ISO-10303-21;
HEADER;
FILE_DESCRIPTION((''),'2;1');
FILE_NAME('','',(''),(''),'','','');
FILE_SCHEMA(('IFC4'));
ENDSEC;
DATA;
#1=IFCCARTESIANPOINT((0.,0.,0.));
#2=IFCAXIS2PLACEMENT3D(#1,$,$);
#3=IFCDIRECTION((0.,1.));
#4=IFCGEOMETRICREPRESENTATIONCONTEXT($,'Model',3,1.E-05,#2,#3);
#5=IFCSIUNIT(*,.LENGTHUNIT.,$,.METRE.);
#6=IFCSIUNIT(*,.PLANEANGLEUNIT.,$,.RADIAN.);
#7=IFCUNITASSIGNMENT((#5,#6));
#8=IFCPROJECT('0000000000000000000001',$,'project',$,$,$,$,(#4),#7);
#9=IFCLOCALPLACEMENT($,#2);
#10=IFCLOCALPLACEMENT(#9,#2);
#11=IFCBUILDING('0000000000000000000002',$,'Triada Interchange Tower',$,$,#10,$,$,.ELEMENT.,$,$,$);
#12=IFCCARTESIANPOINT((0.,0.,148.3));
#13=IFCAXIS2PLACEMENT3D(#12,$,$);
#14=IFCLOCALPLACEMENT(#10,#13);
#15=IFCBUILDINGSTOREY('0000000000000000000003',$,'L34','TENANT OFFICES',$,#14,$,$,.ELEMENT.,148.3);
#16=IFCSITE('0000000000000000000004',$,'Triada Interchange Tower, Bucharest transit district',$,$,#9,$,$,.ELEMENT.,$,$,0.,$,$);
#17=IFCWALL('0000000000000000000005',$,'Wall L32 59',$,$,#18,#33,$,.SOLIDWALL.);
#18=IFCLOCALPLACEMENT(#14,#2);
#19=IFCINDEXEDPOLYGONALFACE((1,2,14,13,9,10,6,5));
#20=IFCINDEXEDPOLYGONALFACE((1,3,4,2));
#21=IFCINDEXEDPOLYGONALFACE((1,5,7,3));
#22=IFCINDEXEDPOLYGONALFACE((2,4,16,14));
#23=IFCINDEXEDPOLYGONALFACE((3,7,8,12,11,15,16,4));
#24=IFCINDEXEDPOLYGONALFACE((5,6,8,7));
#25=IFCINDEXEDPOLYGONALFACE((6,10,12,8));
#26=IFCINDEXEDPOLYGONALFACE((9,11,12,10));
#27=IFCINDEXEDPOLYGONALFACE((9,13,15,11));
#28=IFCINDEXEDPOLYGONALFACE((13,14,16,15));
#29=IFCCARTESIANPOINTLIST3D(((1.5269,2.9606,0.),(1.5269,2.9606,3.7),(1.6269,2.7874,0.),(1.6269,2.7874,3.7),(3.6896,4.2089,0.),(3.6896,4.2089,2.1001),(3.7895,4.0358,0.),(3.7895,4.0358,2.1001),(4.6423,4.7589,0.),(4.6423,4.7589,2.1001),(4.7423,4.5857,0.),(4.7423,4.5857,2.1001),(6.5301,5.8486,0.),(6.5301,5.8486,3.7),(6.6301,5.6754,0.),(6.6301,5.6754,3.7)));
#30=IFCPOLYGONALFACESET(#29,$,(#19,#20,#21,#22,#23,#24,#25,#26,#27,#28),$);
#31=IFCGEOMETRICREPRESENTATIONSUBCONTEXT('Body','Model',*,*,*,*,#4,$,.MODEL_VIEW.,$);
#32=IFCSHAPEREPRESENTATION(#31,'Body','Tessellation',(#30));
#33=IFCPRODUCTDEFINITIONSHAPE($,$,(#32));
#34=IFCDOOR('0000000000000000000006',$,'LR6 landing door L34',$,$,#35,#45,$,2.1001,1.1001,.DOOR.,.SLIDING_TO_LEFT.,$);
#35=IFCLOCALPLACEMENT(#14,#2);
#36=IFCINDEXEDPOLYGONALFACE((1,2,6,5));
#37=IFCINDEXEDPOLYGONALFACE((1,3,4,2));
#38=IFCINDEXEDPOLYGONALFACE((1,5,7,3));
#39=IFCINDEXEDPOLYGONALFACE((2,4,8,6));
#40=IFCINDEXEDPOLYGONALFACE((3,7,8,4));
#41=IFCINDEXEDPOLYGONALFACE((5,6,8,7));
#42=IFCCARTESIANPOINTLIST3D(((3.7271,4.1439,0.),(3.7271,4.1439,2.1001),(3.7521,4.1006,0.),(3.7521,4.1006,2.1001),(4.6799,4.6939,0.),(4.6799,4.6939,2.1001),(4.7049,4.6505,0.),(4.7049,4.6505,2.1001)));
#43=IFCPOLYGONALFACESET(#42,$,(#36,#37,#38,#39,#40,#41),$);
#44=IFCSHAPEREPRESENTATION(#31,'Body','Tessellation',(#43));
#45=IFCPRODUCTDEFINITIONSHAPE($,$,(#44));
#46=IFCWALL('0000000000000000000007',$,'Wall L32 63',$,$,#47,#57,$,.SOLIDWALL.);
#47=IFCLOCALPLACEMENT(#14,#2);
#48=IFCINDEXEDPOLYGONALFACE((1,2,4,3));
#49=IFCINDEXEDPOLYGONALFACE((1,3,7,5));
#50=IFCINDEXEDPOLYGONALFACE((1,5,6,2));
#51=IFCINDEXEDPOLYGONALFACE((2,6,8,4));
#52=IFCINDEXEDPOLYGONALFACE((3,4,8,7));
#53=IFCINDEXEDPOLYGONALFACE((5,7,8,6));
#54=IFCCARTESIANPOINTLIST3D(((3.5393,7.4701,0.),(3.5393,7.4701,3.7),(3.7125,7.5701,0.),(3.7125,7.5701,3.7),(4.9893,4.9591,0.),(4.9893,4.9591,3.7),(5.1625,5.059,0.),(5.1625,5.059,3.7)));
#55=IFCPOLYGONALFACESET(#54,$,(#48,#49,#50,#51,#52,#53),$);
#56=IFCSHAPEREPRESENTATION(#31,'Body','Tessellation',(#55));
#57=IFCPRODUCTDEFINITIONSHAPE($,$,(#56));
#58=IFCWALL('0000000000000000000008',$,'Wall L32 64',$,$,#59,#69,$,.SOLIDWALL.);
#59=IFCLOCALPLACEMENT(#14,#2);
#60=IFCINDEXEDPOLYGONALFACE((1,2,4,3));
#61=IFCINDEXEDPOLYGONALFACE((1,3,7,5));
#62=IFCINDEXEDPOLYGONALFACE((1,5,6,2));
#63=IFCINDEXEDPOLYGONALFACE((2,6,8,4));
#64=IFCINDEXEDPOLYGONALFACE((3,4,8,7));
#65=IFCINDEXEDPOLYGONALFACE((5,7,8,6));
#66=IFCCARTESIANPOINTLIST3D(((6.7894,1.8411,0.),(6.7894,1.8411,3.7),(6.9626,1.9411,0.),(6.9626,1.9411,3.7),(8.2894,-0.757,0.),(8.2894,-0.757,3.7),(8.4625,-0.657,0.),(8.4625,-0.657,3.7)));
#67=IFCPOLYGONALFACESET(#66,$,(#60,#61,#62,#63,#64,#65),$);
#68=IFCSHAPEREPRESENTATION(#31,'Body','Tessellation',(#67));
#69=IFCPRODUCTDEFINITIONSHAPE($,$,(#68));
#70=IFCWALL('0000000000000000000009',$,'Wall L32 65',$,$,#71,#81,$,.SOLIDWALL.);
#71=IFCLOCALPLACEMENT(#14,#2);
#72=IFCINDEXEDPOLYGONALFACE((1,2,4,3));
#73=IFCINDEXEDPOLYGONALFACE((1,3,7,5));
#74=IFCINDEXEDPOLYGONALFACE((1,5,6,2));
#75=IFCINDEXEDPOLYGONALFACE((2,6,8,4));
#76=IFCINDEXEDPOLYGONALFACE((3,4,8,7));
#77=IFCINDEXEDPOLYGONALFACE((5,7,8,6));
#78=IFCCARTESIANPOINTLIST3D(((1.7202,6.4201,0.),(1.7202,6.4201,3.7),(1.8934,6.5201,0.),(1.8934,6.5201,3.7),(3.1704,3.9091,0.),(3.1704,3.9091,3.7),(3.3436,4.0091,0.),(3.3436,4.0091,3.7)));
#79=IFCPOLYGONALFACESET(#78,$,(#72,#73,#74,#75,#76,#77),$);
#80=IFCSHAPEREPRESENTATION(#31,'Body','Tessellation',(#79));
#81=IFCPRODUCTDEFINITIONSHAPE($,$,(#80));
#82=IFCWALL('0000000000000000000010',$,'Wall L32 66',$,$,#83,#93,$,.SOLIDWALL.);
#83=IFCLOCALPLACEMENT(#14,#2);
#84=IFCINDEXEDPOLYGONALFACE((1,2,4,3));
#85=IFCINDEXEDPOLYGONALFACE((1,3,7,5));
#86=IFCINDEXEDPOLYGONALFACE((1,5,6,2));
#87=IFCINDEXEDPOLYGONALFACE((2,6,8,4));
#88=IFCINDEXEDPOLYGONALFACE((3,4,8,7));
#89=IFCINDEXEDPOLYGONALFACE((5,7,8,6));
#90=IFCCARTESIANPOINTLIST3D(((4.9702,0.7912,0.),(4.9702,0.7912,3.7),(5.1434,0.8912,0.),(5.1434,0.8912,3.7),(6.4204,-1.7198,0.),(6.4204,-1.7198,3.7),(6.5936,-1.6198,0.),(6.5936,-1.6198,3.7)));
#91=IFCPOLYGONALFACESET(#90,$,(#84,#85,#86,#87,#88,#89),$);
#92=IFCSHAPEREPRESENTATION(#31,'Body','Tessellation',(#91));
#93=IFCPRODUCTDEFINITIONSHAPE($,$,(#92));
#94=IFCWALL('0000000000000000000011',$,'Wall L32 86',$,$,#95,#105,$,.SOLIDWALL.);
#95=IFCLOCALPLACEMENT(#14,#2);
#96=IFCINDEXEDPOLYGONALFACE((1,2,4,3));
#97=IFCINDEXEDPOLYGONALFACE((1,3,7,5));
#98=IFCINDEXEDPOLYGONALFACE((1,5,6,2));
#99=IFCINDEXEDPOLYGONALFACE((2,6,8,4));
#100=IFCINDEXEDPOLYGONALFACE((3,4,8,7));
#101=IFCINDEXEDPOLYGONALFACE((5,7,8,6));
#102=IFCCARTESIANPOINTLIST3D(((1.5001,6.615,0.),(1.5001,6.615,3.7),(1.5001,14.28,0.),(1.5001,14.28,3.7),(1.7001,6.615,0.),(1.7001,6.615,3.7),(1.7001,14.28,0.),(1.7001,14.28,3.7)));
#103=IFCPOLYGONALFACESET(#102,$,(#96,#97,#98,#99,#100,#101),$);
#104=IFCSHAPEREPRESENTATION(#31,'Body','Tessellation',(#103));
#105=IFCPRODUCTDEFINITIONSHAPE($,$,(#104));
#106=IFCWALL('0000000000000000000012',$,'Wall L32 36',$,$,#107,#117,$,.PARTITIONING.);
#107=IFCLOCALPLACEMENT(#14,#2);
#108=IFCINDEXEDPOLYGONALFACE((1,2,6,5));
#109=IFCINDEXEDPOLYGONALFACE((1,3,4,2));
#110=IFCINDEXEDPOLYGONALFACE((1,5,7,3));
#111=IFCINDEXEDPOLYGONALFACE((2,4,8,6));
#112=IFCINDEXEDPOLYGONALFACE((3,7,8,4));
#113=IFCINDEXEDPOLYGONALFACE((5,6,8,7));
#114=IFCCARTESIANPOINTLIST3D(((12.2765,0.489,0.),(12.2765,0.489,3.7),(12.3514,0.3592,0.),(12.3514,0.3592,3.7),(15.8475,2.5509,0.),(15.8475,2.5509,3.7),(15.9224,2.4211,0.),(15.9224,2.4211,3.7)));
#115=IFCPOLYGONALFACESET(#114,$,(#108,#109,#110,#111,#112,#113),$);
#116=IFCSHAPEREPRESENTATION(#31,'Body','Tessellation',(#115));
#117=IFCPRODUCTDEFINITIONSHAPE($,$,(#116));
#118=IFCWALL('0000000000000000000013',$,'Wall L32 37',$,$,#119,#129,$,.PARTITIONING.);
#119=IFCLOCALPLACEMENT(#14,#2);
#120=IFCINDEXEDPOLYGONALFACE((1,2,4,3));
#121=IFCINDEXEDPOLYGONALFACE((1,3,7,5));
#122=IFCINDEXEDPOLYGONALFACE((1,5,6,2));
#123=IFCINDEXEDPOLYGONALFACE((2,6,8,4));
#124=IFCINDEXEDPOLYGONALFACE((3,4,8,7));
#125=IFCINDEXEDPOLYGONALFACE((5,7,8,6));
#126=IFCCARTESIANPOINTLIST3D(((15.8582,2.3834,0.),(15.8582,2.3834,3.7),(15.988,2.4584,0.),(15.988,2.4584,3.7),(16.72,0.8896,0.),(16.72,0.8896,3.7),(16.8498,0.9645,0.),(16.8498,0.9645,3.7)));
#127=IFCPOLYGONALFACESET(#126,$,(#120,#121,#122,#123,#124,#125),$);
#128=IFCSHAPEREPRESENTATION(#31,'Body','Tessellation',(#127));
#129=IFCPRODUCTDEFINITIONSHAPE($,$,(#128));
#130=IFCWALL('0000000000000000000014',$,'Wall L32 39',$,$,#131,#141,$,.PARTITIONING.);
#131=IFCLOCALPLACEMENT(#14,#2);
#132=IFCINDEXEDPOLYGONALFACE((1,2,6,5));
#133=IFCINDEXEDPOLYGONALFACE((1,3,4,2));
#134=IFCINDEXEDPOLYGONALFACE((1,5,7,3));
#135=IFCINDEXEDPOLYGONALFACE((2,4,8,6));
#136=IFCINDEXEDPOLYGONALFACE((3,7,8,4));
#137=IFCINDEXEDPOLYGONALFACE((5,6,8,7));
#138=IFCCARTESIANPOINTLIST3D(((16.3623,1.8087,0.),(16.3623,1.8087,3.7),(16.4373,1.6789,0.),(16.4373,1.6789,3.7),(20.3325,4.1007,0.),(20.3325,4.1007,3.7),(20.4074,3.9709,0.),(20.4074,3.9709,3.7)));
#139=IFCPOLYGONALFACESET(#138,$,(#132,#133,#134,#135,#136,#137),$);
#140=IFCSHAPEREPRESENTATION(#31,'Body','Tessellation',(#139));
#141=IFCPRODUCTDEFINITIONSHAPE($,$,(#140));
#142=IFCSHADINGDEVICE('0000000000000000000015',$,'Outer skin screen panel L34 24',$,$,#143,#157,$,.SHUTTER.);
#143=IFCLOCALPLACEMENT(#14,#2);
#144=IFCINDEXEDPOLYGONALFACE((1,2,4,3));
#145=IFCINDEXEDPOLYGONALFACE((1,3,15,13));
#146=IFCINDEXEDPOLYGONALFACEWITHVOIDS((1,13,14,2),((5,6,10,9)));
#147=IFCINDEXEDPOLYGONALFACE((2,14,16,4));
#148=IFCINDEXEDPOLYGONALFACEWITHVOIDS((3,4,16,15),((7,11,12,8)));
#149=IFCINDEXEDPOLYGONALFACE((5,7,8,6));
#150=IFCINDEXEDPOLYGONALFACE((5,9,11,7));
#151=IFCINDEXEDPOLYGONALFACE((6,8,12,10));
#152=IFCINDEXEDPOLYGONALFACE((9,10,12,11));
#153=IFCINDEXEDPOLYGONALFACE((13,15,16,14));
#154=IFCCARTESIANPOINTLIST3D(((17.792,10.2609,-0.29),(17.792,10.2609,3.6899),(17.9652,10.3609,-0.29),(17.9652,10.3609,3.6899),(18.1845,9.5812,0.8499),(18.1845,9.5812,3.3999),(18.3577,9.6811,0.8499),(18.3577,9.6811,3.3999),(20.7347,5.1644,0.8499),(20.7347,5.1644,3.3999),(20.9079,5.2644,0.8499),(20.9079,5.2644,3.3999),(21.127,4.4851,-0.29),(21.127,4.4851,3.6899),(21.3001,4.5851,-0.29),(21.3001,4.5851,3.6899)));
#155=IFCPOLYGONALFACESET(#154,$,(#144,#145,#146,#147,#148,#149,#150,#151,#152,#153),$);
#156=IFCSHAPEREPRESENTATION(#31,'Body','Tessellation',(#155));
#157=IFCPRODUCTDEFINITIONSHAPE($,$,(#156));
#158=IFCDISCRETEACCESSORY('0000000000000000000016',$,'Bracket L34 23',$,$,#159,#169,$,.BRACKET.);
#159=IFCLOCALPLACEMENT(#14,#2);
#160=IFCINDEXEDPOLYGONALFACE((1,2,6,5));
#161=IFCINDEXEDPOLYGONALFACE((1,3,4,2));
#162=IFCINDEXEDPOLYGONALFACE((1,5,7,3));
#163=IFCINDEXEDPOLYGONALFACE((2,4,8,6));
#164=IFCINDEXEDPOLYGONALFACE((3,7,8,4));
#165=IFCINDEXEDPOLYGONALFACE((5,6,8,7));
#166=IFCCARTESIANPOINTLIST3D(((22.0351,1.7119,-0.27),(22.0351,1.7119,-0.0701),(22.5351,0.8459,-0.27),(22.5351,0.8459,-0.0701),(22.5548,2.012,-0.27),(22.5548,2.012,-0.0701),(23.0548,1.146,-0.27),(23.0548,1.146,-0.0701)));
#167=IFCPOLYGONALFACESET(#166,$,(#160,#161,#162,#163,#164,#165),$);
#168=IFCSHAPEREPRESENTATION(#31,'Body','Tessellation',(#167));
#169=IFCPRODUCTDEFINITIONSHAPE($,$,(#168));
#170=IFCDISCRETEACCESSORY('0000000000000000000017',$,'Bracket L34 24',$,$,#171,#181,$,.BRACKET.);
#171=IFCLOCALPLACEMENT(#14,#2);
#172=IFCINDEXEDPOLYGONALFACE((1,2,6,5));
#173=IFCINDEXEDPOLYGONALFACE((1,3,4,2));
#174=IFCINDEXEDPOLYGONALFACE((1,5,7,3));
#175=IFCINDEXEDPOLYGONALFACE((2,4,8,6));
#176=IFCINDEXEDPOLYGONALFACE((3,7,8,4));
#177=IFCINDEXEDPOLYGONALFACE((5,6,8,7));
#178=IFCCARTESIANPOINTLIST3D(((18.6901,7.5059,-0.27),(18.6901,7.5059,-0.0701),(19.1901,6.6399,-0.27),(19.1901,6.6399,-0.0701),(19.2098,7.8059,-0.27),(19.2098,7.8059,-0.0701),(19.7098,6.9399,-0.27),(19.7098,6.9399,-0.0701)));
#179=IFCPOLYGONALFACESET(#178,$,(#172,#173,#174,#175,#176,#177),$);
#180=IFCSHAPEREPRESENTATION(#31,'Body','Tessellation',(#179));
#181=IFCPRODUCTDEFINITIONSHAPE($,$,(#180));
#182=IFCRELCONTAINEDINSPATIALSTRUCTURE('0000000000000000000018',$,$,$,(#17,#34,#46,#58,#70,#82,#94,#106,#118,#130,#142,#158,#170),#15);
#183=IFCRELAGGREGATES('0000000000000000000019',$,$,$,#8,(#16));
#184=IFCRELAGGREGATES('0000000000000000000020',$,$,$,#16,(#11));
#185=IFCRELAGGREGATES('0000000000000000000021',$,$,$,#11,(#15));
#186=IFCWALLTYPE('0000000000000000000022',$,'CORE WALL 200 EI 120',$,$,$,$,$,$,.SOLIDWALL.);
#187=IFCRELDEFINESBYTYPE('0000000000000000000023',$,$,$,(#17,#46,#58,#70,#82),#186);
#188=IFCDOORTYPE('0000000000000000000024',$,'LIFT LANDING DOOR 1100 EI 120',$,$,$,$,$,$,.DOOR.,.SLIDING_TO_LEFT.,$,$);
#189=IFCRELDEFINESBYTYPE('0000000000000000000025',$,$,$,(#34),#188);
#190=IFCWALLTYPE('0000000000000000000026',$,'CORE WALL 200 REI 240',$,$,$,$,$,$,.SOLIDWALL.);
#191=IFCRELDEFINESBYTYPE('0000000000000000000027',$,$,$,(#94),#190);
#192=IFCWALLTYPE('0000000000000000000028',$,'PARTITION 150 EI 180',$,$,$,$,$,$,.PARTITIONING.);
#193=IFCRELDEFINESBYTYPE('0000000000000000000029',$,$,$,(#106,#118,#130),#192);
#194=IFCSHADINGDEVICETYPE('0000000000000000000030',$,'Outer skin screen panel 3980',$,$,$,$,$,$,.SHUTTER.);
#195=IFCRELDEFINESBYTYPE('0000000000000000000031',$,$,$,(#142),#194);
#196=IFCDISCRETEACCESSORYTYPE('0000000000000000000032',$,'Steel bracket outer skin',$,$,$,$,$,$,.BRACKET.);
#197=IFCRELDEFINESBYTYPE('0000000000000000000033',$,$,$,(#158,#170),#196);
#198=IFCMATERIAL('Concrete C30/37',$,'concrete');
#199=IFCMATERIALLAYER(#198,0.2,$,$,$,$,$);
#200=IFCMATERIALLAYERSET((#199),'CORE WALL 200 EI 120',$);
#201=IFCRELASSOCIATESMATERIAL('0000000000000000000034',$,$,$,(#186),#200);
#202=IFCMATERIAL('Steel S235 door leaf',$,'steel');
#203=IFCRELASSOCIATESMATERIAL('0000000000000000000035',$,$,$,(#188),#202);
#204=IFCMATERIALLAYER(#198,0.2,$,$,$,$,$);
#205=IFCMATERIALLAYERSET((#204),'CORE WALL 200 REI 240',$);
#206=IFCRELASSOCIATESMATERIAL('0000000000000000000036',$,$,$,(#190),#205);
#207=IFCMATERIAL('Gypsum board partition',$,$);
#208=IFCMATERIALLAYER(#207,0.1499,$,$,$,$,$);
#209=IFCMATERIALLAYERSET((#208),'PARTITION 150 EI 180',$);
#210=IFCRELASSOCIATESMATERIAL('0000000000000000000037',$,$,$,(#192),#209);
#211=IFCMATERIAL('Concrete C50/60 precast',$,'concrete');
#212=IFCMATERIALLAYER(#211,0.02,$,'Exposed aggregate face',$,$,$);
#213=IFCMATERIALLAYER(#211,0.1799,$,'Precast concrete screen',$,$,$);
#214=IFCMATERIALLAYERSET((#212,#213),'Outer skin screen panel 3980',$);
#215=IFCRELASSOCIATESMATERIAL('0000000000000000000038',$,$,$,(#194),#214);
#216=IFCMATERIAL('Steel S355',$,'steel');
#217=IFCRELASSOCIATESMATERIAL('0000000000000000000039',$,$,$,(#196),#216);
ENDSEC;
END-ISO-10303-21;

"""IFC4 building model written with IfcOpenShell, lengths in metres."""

from ifc_helpers import new_model, si_unit, direction, frame, frame_2d, origin, origin_2d, place, context, subcontext, project, spatial, polyline, rectangle, outline, extrude, material, layer, layer_set, type_object, element, fill, save


model = new_model("IFC4")

# Units and contexts
model_context = context("Model", 3, precision=1e-05, world=origin(), true_north=direction((0.0, 1.0)))
body_context = subcontext(model_context, "Body", "Model", "MODEL_VIEW")
ifc_project = project(units=[si_unit("LENGTHUNIT", "METRE"), si_unit("PLANEANGLEUNIT", "RADIAN")], contexts=[model_context])

# Site, building, storey
site_placement = place(None, origin())
site = spatial("IfcSite", under=ifc_project, at=site_placement, Name="Triada Interchange Tower, Bucharest transit district", CompositionType="ELEMENT", RefElevation=0.0)
building_placement = place(site_placement, origin())
building = spatial("IfcBuilding", under=site, at=building_placement, Name="Triada Interchange Tower", CompositionType="ELEMENT")
storey_placement = place(building_placement, frame((0.0, 0.0, 148.3)))
storey = spatial("IfcBuildingStorey", under=building, at=storey_placement, Name="L34", Description="TENANT OFFICES", CompositionType="ELEMENT", Elevation=148.3)

# Wall, opening, door
ifc_material_1 = material(Name="Concrete C30/37", Category="concrete")
ifc_layer_1 = layer(ifc_material_1, 0.2)
ifc_layer_set_1 = layer_set([ifc_layer_1], Name="CORE WALL 200 EI 120")
wall_type_1 = type_object("IfcWallType", Name="CORE WALL 200 EI 120", PredefinedType="SOLIDWALL", material=ifc_layer_set_1)
ifc_material_2 = material(Name="Steel S235 door leaf", Category="steel")
door_type = type_object("IfcDoorType", Name="LIFT LANDING DOOR 1100 EI 120", OperationType="SLIDING_TO_LEFT", PredefinedType="DOOR", material=ifc_material_2)
wall_1_placement = place(storey_placement, frame((1.5769, 2.874, 0.0), z_axis=(0.0, 0.0, 1.0), x_axis=(0.866074, 0.499916, 0.0)))
wall_1 = element("IfcWall", 1, at=wall_1_placement, inside=storey, type_object=wall_type_1, Name="Wall L32 59", PredefinedType="SOLIDWALL", context=body_context, shape_type="SweptSolid", body=[
    extrude(rectangle(XDim=5.7769, YDim=0.2, at=frame_2d((2.8884, 0.0))), origin(), (0.0, 0.0, 1.0), 3.7),
])
opening_1_placement = place(wall_1_placement, frame((2.4971, 0.0, 0.0)))
opening_1 = element("IfcOpeningElement", 2, at=opening_1_placement, cuts=wall_1, PredefinedType="OPENING", context=body_context, shape_type="SweptSolid", body=[
    extrude(rectangle(XDim=1.1001, YDim=2.1001, at=frame_2d((0.55, 1.05))), frame((0.0, 0.1099, 0.0), z_axis=(0.0, -1.0, 0.0), x_axis=(1.0, 0.0, 0.0)), (0.0, 0.0, 1.0), 0.22),
])
door_1_placement = place(opening_1_placement, origin())
door_1 = element("IfcDoor", 3, at=door_1_placement, inside=storey, type_object=door_type, Name="LR6 landing door L34", OperationType="SLIDING_TO_LEFT", OverallHeight=2.1001, OverallWidth=1.1001, PredefinedType="DOOR", context=body_context, shape_type="SweptSolid", body=[
    extrude(rectangle(XDim=1.1001, YDim=2.1001, at=frame_2d((0.55, 1.05))), frame((0.0, 0.0249, 0.0), z_axis=(0.0, -1.0, 0.0), x_axis=(1.0, 0.0, 0.0)), (0.0, 0.0, 1.0), 0.05),
])
fill(opening_1, door_1)

# Walls
wall_2_placement = place(storey_placement, frame((3.626, 7.52, 0.0), z_axis=(0.0, 0.0, 1.0), x_axis=(0.50006, -0.865991, 0.0)))
element("IfcWall", 4, at=wall_2_placement, inside=storey, type_object=wall_type_1, Name="Wall L32 63", PredefinedType="SOLIDWALL", context=body_context, shape_type="SweptSolid", body=[
    extrude(rectangle(XDim=2.8997, YDim=0.2, at=frame_2d((1.4497, 0.0))), origin(), (0.0, 0.0, 1.0), 3.7),
])
wall_3_placement = place(storey_placement, frame((6.876, 1.8911, 0.0), z_axis=(0.0, 0.0, 1.0), x_axis=(0.49999, -0.866031, 0.0)))
element("IfcWall", 5, at=wall_3_placement, inside=storey, type_object=wall_type_1, Name="Wall L32 64", PredefinedType="SOLIDWALL", context=body_context, shape_type="SweptSolid", body=[
    extrude(rectangle(XDim=3.0, YDim=0.2, at=frame_2d((1.5, 0.0))), origin(), (0.0, 0.0, 1.0), 3.7),
])
for number, where, z_axis, x_axis, name in (
    (6, (1.8069, 6.47, 0.0), (0.0, 0.0, 1.0), (0.500123, -0.865954, 0.0), "Wall L32 65"),
    (7, (5.0569, 0.8411, 0.0), (0.0, 0.0, 1.0), (0.500123, -0.865954, 0.0), "Wall L32 66"),
):
    element("IfcWall", number, at=place(storey_placement, frame(where, z_axis=z_axis, x_axis=x_axis)), inside=storey, type_object=wall_type_1, Name=name, PredefinedType="SOLIDWALL", context=body_context, shape_type="SweptSolid", body=[
        extrude(rectangle(XDim=2.8997, YDim=0.2, at=frame_2d((1.4497, 0.0))), origin(), (0.0, 0.0, 1.0), 3.7),
    ])
ifc_layer_2 = layer(ifc_material_1, 0.2)
ifc_layer_set_2 = layer_set([ifc_layer_2], Name="CORE WALL 200 REI 240")
wall_type_2 = type_object("IfcWallType", Name="CORE WALL 200 REI 240", PredefinedType="SOLIDWALL", material=ifc_layer_set_2)
wall_4_placement = place(storey_placement, frame((1.6001, 6.615, 0.0), z_axis=(0.0, 0.0, 1.0), x_axis=(0.0, 1.0, 0.0)))
element("IfcWall", 8, at=wall_4_placement, inside=storey, type_object=wall_type_2, Name="Wall L32 86", PredefinedType="SOLIDWALL", context=body_context, shape_type="SweptSolid", body=[
    extrude(rectangle(XDim=7.665, YDim=0.2, at=frame_2d((3.8325, 0.0))), origin(), (0.0, 0.0, 1.0), 3.7),
])
ifc_material_3 = material(Name="Gypsum board partition")
ifc_layer_3 = layer(ifc_material_3, 0.1499)
ifc_layer_set_3 = layer_set([ifc_layer_3], Name="PARTITION 150 EI 180")
wall_type_3 = type_object("IfcWallType", Name="PARTITION 150 EI 180", PredefinedType="PARTITIONING", material=ifc_layer_set_3)
wall_5_placement = place(storey_placement, frame((12.314, 0.4241, 0.0), z_axis=(0.0, 0.0, 1.0), x_axis=(0.865997, 0.500049, 0.0)))
element("IfcWall", 9, at=wall_5_placement, inside=storey, type_object=wall_type_3, Name="Wall L32 36", PredefinedType="PARTITIONING", context=body_context, shape_type="SweptSolid", body=[
    extrude(rectangle(XDim=4.1235, YDim=0.1499, at=frame_2d((2.0618, 0.0))), origin(), (0.0, 0.0, 1.0), 3.7),
])
wall_6_placement = place(storey_placement, frame((15.9231, 2.4209, 0.0), z_axis=(0.0, 0.0, 1.0), x_axis=(0.499702, -0.866197, 0.0)))
element("IfcWall", 10, at=wall_6_placement, inside=storey, type_object=wall_type_3, Name="Wall L32 37", PredefinedType="PARTITIONING", context=body_context, shape_type="SweptSolid", body=[
    extrude(rectangle(XDim=1.7246, YDim=0.1499, at=frame_2d((0.8623, 0.0))), origin(), (0.0, 0.0, 1.0), 3.7),
])
wall_7_placement = place(storey_placement, frame((16.3999, 1.7439, 0.0), z_axis=(0.0, 0.0, 1.0), x_axis=(0.866045, 0.499965, 0.0)))
element("IfcWall", 11, at=wall_7_placement, inside=storey, type_object=wall_type_3, Name="Wall L32 39", PredefinedType="PARTITIONING", context=body_context, shape_type="SweptSolid", body=[
    extrude(rectangle(XDim=4.5842, YDim=0.1499, at=frame_2d((2.292, 0.0))), origin(), (0.0, 0.0, 1.0), 3.7),
])

# Shading device
ifc_material_4 = material(Name="Concrete C50/60 precast", Category="concrete")
ifc_layer_4 = layer(ifc_material_4, 0.02, Name="Exposed aggregate face")
ifc_layer_5 = layer(ifc_material_4, 0.1799, Name="Precast concrete screen")
ifc_layer_set_4 = layer_set([ifc_layer_4, ifc_layer_5], Name="Outer skin screen panel 3980")
shading_device_type = type_object("IfcShadingDeviceType", Name="Outer skin screen panel 3980", PredefinedType="SHUTTER", material=ifc_layer_set_4)
shading_device_placement = place(storey_placement, frame((21.127, 4.4851, -0.29), z_axis=(0.0, 0.0, 1.0), x_axis=(-0.500029, 0.866009, 0.0)))
element("IfcShadingDevice", 12, at=shading_device_placement, inside=storey, type_object=shading_device_type, Name="Outer skin screen panel L34 24", PredefinedType="SHUTTER", context=body_context, shape_type="SweptSolid", body=[
    extrude(outline(polyline([(0.0, 0.0), (6.6694, 0.0), (6.6694, 3.98), (0.0, 3.98), (0.0, 0.0)]), holes=[polyline([(0.7844, 1.1399), (0.7844, 3.6899), (5.8845, 3.6899), (5.8845, 1.1399), (0.7844, 1.1399)])]), frame((0.0, 0.0, 0.0), z_axis=(0.0, -1.0, 0.0), x_axis=(1.0, 0.0, 0.0)), (0.0, 0.0, 1.0), 0.2),
])

# Discrete accessories
ifc_material_5 = material(Name="Steel S355", Category="steel")
discrete_accessory_type = type_object("IfcDiscreteAccessoryType", Name="Steel bracket outer skin", PredefinedType="BRACKET", material=ifc_material_5)
for number, where, z_axis, x_axis, name in (
    (13, (22.5449, 1.429, -0.27), (0.0, 0.0, 1.0), (0.866021, 0.500007, 0.0), "Bracket L34 23"),
    (14, (19.2, 7.2229, -0.27), (0.0, 0.0, 1.0), (0.866021, 0.500007, 0.0), "Bracket L34 24"),
):
    element("IfcDiscreteAccessory", number, at=place(storey_placement, frame(where, z_axis=z_axis, x_axis=x_axis)), inside=storey, type_object=discrete_accessory_type, Name=name, PredefinedType="BRACKET", context=body_context, shape_type="SweptSolid", body=[
        extrude(rectangle(XDim=0.6001, YDim=1.0, at=origin_2d()), origin(), (0.0, 0.0, 1.0), 0.2),
    ])

save(model, "model.ifc")
